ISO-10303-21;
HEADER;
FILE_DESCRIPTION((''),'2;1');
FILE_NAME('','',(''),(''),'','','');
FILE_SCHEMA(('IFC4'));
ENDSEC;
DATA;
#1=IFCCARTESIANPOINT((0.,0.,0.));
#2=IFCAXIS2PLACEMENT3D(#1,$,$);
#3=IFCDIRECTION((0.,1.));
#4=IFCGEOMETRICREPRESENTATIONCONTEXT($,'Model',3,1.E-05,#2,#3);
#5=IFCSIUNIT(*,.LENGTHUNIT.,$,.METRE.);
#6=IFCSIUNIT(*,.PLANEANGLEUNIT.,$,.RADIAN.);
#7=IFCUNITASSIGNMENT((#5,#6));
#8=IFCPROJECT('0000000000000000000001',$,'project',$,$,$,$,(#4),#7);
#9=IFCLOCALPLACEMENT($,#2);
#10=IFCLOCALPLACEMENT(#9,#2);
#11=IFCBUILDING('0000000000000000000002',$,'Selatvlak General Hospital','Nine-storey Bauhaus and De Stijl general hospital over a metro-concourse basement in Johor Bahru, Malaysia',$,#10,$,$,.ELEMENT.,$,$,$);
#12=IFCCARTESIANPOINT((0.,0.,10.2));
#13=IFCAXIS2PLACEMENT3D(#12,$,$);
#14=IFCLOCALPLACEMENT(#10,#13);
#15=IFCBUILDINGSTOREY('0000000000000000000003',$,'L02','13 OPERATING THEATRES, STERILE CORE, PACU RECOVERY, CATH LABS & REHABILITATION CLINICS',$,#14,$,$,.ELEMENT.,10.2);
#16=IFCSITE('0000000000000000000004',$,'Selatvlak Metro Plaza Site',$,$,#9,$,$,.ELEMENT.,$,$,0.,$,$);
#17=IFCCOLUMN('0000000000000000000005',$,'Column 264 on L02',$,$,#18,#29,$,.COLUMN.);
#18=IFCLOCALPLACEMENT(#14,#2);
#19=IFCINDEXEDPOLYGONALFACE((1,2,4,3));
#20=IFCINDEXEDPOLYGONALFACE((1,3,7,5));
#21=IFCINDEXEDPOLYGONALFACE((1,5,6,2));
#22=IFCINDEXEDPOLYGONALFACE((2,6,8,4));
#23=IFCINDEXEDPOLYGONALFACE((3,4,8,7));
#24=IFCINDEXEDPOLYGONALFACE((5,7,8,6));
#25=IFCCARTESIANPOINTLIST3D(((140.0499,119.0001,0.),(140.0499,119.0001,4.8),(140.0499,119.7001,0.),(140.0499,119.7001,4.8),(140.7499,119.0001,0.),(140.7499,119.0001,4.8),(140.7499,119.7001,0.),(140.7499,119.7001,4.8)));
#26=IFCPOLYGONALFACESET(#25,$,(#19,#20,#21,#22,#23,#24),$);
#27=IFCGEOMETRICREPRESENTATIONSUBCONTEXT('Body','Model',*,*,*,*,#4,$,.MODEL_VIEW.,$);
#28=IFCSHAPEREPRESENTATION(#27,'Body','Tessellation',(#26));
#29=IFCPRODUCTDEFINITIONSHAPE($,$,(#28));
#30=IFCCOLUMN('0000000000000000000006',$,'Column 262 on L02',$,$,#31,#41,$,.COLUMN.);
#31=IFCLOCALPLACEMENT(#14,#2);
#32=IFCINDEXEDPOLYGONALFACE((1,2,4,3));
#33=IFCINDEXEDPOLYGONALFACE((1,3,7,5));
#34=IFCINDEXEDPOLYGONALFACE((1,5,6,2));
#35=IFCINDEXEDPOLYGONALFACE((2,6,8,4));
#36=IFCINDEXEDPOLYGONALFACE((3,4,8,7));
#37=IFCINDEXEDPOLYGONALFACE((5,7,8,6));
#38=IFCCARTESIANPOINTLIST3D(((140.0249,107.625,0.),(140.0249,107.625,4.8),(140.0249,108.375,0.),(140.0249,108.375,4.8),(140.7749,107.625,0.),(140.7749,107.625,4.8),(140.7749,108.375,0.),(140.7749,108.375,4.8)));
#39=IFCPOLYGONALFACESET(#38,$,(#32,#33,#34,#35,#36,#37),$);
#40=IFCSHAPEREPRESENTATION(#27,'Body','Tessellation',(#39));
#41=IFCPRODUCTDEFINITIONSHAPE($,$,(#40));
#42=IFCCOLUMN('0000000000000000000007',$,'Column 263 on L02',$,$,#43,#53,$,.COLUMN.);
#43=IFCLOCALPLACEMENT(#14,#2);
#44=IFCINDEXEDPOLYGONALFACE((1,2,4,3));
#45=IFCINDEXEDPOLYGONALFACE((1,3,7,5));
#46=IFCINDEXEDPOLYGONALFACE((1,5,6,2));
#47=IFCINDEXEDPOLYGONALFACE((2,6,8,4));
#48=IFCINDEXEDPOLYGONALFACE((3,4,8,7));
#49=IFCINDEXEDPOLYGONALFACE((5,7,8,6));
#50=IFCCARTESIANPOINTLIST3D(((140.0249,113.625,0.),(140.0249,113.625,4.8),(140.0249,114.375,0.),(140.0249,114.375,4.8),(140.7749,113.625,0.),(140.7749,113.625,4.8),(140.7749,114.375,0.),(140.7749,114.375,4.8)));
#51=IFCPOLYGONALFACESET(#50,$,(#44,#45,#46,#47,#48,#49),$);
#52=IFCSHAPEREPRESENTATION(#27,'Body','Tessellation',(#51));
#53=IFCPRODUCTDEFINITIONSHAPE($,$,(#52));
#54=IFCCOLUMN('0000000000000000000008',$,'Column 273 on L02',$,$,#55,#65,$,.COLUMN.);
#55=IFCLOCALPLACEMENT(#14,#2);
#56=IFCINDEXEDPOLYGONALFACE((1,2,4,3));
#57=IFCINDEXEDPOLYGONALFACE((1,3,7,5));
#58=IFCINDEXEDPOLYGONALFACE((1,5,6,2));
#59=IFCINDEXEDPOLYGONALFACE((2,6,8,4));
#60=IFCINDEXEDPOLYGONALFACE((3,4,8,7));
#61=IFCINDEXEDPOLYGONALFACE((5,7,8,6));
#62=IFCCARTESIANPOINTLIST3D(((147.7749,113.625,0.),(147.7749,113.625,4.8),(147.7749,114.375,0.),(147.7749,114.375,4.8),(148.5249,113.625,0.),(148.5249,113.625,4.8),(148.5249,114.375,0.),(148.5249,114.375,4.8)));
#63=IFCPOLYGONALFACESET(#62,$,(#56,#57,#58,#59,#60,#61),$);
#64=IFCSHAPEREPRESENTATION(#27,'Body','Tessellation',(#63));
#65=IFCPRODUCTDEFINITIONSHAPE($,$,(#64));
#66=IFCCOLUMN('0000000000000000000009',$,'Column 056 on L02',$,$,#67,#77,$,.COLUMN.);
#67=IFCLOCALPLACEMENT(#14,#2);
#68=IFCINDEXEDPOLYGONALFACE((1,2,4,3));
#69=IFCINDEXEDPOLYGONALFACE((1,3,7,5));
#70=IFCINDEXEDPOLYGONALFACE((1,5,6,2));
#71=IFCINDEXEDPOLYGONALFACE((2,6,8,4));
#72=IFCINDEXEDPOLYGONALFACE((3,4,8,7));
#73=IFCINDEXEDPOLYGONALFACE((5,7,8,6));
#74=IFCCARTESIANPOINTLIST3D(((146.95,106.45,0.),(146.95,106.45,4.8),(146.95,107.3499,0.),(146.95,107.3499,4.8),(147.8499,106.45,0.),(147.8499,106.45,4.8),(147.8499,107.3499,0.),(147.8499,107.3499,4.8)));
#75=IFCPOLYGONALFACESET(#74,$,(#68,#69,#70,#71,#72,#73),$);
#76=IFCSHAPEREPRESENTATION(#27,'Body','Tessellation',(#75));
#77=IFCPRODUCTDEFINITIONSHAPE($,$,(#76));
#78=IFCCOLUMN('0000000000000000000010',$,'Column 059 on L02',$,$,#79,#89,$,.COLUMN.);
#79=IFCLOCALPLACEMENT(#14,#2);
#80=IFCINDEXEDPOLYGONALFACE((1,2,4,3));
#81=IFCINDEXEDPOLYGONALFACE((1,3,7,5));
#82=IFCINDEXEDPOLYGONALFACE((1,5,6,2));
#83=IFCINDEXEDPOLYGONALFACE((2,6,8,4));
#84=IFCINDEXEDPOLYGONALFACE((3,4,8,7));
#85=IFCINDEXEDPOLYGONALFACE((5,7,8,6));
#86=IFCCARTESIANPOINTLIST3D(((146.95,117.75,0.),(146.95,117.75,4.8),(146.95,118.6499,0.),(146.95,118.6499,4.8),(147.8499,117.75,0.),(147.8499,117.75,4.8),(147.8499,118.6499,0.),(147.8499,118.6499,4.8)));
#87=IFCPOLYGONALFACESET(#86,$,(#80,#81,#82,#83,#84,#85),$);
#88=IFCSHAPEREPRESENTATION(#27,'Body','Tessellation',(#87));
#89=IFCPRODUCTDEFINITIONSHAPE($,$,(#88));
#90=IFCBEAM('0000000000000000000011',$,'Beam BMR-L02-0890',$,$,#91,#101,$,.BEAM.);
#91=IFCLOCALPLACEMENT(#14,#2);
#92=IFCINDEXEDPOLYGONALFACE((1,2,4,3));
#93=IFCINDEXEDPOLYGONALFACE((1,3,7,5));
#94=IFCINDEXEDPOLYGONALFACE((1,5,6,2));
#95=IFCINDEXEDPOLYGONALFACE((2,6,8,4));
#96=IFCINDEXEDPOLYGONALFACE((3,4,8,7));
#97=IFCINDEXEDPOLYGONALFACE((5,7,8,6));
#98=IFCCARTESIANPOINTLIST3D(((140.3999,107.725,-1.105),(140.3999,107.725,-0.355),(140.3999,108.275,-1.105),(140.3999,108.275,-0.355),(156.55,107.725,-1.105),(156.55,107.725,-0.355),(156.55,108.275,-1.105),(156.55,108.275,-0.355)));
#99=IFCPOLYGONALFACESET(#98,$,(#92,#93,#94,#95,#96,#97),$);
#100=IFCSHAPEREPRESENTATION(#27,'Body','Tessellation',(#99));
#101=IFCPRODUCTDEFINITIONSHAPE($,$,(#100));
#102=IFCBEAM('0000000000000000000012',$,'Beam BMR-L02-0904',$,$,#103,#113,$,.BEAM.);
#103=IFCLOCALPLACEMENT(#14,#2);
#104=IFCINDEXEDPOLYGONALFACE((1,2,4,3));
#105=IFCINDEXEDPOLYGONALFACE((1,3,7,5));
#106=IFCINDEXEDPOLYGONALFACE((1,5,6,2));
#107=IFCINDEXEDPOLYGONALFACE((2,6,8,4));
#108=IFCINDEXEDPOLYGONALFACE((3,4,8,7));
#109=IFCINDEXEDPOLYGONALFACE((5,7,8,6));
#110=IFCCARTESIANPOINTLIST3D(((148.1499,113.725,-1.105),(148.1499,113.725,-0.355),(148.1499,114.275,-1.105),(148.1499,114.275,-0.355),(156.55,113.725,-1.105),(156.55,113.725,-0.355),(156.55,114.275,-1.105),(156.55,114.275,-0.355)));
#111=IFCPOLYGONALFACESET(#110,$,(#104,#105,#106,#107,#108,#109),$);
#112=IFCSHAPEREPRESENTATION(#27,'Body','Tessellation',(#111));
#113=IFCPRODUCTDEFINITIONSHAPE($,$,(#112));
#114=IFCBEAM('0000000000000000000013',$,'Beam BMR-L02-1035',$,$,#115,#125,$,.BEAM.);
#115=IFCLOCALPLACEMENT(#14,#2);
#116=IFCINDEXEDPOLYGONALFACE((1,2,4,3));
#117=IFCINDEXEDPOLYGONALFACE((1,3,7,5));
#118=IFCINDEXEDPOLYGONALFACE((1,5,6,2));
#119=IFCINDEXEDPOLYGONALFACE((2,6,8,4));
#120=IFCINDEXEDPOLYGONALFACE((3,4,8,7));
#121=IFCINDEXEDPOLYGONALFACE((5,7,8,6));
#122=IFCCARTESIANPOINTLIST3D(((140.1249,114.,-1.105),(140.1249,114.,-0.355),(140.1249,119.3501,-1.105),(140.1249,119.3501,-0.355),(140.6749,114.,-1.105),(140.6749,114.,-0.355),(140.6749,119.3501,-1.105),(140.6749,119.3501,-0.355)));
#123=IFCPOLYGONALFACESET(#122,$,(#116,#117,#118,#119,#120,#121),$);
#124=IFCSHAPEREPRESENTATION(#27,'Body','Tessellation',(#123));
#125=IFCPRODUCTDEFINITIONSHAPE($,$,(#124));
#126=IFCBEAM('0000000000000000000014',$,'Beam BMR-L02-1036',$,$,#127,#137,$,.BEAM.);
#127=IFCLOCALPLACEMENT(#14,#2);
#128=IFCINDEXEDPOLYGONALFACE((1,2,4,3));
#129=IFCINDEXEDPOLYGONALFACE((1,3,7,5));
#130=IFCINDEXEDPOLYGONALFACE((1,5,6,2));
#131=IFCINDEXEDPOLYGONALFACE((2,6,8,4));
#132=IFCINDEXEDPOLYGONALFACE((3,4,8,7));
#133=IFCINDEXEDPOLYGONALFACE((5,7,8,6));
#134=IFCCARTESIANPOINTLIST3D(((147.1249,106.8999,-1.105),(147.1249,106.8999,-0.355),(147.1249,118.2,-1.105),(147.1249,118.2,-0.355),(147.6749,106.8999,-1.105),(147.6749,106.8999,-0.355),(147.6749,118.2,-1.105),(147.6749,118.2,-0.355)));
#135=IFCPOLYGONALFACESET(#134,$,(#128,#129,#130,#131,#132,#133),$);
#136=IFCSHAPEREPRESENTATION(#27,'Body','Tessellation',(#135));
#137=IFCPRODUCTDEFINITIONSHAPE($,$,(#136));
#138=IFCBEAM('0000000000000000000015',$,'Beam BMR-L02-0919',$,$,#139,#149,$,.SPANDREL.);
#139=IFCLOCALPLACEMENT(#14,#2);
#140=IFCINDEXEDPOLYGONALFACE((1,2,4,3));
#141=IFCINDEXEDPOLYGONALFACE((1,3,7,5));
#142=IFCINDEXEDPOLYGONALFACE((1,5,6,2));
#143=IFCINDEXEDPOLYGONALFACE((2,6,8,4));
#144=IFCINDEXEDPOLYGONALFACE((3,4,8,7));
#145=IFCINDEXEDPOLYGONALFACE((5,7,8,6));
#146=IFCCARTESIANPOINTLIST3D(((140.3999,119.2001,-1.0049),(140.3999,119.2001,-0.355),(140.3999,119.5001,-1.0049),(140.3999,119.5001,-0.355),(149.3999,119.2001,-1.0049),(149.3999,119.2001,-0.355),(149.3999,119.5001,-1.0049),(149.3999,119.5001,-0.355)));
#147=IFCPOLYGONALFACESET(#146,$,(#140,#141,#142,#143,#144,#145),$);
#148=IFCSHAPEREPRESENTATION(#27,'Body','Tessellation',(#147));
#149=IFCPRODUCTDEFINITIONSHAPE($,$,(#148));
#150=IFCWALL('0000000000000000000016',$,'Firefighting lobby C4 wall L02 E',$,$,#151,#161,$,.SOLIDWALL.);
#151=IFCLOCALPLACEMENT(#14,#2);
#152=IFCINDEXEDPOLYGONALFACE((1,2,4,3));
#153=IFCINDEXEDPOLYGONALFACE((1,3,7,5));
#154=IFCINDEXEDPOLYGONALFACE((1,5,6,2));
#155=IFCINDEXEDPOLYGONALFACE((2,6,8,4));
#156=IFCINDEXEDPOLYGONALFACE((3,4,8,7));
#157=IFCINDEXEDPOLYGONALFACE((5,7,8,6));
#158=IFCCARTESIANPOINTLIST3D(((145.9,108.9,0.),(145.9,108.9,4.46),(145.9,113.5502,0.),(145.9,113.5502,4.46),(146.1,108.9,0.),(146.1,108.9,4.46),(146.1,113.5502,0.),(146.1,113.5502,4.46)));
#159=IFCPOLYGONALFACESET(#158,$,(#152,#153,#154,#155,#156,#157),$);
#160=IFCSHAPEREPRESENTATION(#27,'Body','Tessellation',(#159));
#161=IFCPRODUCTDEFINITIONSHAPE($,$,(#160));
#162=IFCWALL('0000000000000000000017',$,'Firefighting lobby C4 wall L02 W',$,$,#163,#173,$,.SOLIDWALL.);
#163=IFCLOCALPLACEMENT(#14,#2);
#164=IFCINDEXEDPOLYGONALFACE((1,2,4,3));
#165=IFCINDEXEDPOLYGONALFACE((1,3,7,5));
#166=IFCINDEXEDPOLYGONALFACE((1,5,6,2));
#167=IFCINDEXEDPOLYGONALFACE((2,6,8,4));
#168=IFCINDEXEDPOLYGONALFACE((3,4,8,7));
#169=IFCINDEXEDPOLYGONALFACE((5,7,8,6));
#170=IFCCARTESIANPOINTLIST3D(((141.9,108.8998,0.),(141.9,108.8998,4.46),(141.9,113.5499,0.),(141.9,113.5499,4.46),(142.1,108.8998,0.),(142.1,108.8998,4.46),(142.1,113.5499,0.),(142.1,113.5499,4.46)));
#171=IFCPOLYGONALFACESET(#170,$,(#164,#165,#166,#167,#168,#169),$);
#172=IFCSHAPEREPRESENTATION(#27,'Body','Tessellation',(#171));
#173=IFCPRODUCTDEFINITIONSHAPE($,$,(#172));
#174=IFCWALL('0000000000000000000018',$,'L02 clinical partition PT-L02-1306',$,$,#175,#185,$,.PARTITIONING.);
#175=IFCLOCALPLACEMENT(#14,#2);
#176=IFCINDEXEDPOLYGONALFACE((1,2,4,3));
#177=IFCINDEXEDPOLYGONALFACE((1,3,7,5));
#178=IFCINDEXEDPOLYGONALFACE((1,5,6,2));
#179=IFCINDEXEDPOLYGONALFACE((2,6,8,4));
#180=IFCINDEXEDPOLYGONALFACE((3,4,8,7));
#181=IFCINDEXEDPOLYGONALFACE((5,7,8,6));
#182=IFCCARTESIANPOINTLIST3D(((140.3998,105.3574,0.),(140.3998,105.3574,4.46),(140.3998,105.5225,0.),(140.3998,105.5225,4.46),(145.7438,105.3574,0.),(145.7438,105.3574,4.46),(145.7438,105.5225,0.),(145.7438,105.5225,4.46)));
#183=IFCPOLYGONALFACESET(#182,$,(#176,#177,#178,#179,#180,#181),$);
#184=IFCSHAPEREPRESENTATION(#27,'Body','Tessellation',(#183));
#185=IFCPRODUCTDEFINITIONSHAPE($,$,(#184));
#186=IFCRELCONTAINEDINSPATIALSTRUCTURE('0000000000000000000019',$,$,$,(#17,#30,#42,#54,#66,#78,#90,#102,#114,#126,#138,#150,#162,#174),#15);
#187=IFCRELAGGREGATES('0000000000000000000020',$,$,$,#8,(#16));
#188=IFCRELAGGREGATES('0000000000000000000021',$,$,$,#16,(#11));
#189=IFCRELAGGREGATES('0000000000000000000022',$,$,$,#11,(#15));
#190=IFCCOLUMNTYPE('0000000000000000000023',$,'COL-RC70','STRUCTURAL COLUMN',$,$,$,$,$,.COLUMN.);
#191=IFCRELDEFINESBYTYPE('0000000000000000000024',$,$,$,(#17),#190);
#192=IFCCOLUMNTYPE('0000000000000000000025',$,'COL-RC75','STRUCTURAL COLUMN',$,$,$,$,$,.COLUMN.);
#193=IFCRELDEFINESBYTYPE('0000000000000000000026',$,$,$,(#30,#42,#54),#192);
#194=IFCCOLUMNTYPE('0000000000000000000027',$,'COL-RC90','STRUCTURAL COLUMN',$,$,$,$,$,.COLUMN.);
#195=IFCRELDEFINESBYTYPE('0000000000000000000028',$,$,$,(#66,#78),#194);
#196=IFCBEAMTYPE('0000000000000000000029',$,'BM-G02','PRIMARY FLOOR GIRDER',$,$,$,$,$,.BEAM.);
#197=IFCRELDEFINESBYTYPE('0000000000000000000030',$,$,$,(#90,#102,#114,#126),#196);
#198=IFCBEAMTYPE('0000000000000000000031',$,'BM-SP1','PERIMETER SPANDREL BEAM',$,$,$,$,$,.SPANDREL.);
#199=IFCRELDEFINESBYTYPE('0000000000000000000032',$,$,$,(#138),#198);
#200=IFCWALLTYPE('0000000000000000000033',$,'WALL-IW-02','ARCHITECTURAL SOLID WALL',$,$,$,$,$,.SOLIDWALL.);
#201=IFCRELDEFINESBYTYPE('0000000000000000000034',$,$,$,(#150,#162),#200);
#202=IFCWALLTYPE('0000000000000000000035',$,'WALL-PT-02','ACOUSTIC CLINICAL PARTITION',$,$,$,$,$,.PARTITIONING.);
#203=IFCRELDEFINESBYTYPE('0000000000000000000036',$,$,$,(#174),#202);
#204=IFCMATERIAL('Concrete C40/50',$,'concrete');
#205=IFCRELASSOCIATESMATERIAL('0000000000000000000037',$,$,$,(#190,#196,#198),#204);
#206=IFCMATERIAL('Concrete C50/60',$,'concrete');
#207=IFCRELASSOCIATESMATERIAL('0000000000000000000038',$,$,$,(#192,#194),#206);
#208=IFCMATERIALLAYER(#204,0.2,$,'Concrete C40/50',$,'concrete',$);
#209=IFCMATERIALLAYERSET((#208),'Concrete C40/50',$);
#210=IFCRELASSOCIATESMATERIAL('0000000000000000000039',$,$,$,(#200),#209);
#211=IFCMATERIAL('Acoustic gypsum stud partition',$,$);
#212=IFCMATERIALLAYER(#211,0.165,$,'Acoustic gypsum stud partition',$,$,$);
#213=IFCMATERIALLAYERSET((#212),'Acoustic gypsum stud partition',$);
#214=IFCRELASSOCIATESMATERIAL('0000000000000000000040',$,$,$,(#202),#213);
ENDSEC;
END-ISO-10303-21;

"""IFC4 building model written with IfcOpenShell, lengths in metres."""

from ifc_helpers import new_model, si_unit, direction, frame, frame_2d, origin, origin_2d, place, context, subcontext, project, spatial, rectangle, extrude, material, layer, layer_set, material_profile, profile_set, type_object, element, save


model = new_model("IFC4")

# Units and contexts
model_context = context("Model", 3, precision=1e-05, world=origin(), true_north=direction((0.0, 1.0)))
body_context = subcontext(model_context, "Body", "Model", "MODEL_VIEW")
ifc_project = project(units=[si_unit("LENGTHUNIT", "METRE"), si_unit("PLANEANGLEUNIT", "RADIAN")], contexts=[model_context])

# Site, building, storey
site_placement = place(None, origin())
site = spatial("IfcSite", under=ifc_project, at=site_placement, Name="Selatvlak Metro Plaza Site", CompositionType="ELEMENT", RefElevation=0.0)
building_placement = place(site_placement, origin())
building = spatial("IfcBuilding", under=site, at=building_placement, Name="Selatvlak General Hospital", Description="Nine-storey Bauhaus and De Stijl general hospital over a metro-concourse basement in Johor Bahru, Malaysia", CompositionType="ELEMENT")
storey_placement = place(building_placement, frame((0.0, 0.0, 10.2)))
storey = spatial("IfcBuildingStorey", under=building, at=storey_placement, Name="L02", Description="13 OPERATING THEATRES, STERILE CORE, PACU RECOVERY, CATH LABS & REHABILITATION CLINICS", CompositionType="ELEMENT", Elevation=10.2)

# Columns
ifc_material_1 = material(Name="Concrete C40/50", Category="concrete")
ifc_material_profile_1 = material_profile(ifc_material_1, rectangle(XDim=0.7, YDim=0.7, at=origin_2d()), Name="RC-COL 700x700")
ifc_profile_set_1 = profile_set([ifc_material_profile_1], Name="Concrete C40/50")
column_type_1 = type_object("IfcColumnType", Name="COL-RC70", Description="STRUCTURAL COLUMN", PredefinedType="COLUMN", material=ifc_profile_set_1)
column_placement = place(storey_placement, frame((140.3999, 119.3501, 0.0), z_axis=(0.0, 0.0, 1.0), x_axis=(1.0, 0.0, 0.0)))
element("IfcColumn", 1, at=column_placement, inside=storey, type_object=column_type_1, Name="Column 264 on L02", PredefinedType="COLUMN", context=body_context, shape_type="SweptSolid", body=[
    extrude(rectangle(XDim=0.7, YDim=0.7, at=origin_2d()), origin(), (0.0, 0.0, 1.0), 4.8),
])
ifc_material_2 = material(Name="Concrete C50/60", Category="concrete")
ifc_material_profile_2 = material_profile(ifc_material_2, rectangle(XDim=0.75, YDim=0.75, at=origin_2d()), Name="RC-COL 750x750")
ifc_profile_set_2 = profile_set([ifc_material_profile_2], Name="Concrete C50/60")
column_type_2 = type_object("IfcColumnType", Name="COL-RC75", Description="STRUCTURAL COLUMN", PredefinedType="COLUMN", material=ifc_profile_set_2)
for number, where, z_axis, x_axis, name in (
    (2, (140.3999, 108.0, 0.0), (0.0, 0.0, 1.0), (1.0, 0.0, 0.0), "Column 262 on L02"),
    (3, (140.3999, 114.0, 0.0), (0.0, 0.0, 1.0), (1.0, 0.0, 0.0), "Column 263 on L02"),
    (4, (148.1499, 114.0, 0.0), (0.0, 0.0, 1.0), (1.0, 0.0, 0.0), "Column 273 on L02"),
):
    element("IfcColumn", number, at=place(storey_placement, frame(where, z_axis=z_axis, x_axis=x_axis)), inside=storey, type_object=column_type_2, Name=name, PredefinedType="COLUMN", context=body_context, shape_type="SweptSolid", body=[
        extrude(rectangle(XDim=0.75, YDim=0.75, at=origin_2d()), origin(), (0.0, 0.0, 1.0), 4.8),
    ])
ifc_material_profile_3 = material_profile(ifc_material_2, rectangle(XDim=0.8999, YDim=0.8999, at=origin_2d()), Name="RC-COL 900x900")
ifc_profile_set_3 = profile_set([ifc_material_profile_3], Name="Concrete C50/60")
column_type_3 = type_object("IfcColumnType", Name="COL-RC90", Description="STRUCTURAL COLUMN", PredefinedType="COLUMN", material=ifc_profile_set_3)
for number, where, z_axis, x_axis, name in (
    (5, (147.3999, 106.8999, 0.0), (0.0, 0.0, 1.0), (1.0, 0.0, 0.0), "Column 056 on L02"),
    (6, (147.3999, 118.2, 0.0), (0.0, 0.0, 1.0), (1.0, 0.0, 0.0), "Column 059 on L02"),
):
    element("IfcColumn", number, at=place(storey_placement, frame(where, z_axis=z_axis, x_axis=x_axis)), inside=storey, type_object=column_type_3, Name=name, PredefinedType="COLUMN", context=body_context, shape_type="SweptSolid", body=[
        extrude(rectangle(XDim=0.8999, YDim=0.8999, at=origin_2d()), origin(), (0.0, 0.0, 1.0), 4.8),
    ])

# Beams
ifc_material_profile_4 = material_profile(ifc_material_1, rectangle(XDim=0.55, YDim=0.75, at=origin_2d()), Name="RC-BM 550x750")
ifc_profile_set_4 = profile_set([ifc_material_profile_4], Name="Concrete C40/50")
beam_type_1 = type_object("IfcBeamType", Name="BM-G02", Description="PRIMARY FLOOR GIRDER", PredefinedType="BEAM", material=ifc_profile_set_4)
beam_1_placement = place(storey_placement, frame((140.3999, 108.0, -0.73), z_axis=(1.0, 0.0, 0.0), x_axis=(0.0, 1.0, 0.0)))
element("IfcBeam", 7, at=beam_1_placement, inside=storey, type_object=beam_type_1, Name="Beam BMR-L02-0890", PredefinedType="BEAM", context=body_context, shape_type="SweptSolid", body=[
    extrude(rectangle(XDim=0.55, YDim=0.75, at=origin_2d()), origin(), (0.0, 0.0, 1.0), 16.1501),
])
beam_2_placement = place(storey_placement, frame((148.1499, 114.0, -0.73), z_axis=(1.0, 0.0, 0.0), x_axis=(0.0, 1.0, 0.0)))
element("IfcBeam", 8, at=beam_2_placement, inside=storey, type_object=beam_type_1, Name="Beam BMR-L02-0904", PredefinedType="BEAM", context=body_context, shape_type="SweptSolid", body=[
    extrude(rectangle(XDim=0.55, YDim=0.75, at=origin_2d()), origin(), (0.0, 0.0, 1.0), 8.4001),
])
beam_3_placement = place(storey_placement, frame((140.3999, 114.0, -0.73), z_axis=(0.0, 1.0, 0.0), x_axis=(-1.0, 0.0, 0.0)))
element("IfcBeam", 9, at=beam_3_placement, inside=storey, type_object=beam_type_1, Name="Beam BMR-L02-1035", PredefinedType="BEAM", context=body_context, shape_type="SweptSolid", body=[
    extrude(rectangle(XDim=0.55, YDim=0.75, at=origin_2d()), origin(), (0.0, 0.0, 1.0), 5.3501),
])
beam_4_placement = place(storey_placement, frame((147.3999, 106.8999, -0.73), z_axis=(0.0, 1.0, 0.0), x_axis=(-1.0, 0.0, 0.0)))
element("IfcBeam", 10, at=beam_4_placement, inside=storey, type_object=beam_type_1, Name="Beam BMR-L02-1036", PredefinedType="BEAM", context=body_context, shape_type="SweptSolid", body=[
    extrude(rectangle(XDim=0.55, YDim=0.75, at=origin_2d()), origin(), (0.0, 0.0, 1.0), 11.3),
])
ifc_material_profile_5 = material_profile(ifc_material_1, rectangle(XDim=0.3, YDim=0.6499, at=origin_2d()), Name="RC-SP 300x650")
ifc_profile_set_5 = profile_set([ifc_material_profile_5], Name="Concrete C40/50")
beam_type_2 = type_object("IfcBeamType", Name="BM-SP1", Description="PERIMETER SPANDREL BEAM", PredefinedType="SPANDREL", material=ifc_profile_set_5)
beam_5_placement = place(storey_placement, frame((140.3999, 119.3501, -0.6799), z_axis=(1.0, 0.0, 0.0), x_axis=(0.0, 1.0, 0.0)))
element("IfcBeam", 11, at=beam_5_placement, inside=storey, type_object=beam_type_2, Name="Beam BMR-L02-0919", PredefinedType="SPANDREL", context=body_context, shape_type="SweptSolid", body=[
    extrude(rectangle(XDim=0.3, YDim=0.6499, at=origin_2d()), origin(), (0.0, 0.0, 1.0), 9.0),
])

# Shared definitions
ifc_layer_1 = layer(ifc_material_1, 0.2, Name="Concrete C40/50", Category="concrete")
ifc_layer_set_1 = layer_set([ifc_layer_1], Name="Concrete C40/50")
wall_type_1 = type_object("IfcWallType", Name="WALL-IW-02", Description="ARCHITECTURAL SOLID WALL", PredefinedType="SOLIDWALL", material=ifc_layer_set_1)

# Walls
for number, where, z_axis, x_axis, name in (
    (12, (146.0, 108.8999, 0.0), (0.0, 0.0, 1.0), (0.0, 1.0, 0.0), "Firefighting lobby C4 wall L02 E"),
    (13, (142.0, 113.55, 0.0), (0.0, 0.0, 1.0), (0.0, -1.0, 0.0), "Firefighting lobby C4 wall L02 W"),
):
    element("IfcWall", number, at=place(storey_placement, frame(where, z_axis=z_axis, x_axis=x_axis)), inside=storey, type_object=wall_type_1, Name=name, PredefinedType="SOLIDWALL", context=body_context, shape_type="SweptSolid", body=[
        extrude(rectangle(XDim=4.6501, YDim=0.2, at=frame_2d((2.3252, 0.0))), origin(), (0.0, 0.0, 1.0), 4.46),
    ])
ifc_material_3 = material(Name="Acoustic gypsum stud partition")
ifc_layer_2 = layer(ifc_material_3, 0.165, Name="Acoustic gypsum stud partition")
ifc_layer_set_2 = layer_set([ifc_layer_2], Name="Acoustic gypsum stud partition")
wall_type_2 = type_object("IfcWallType", Name="WALL-PT-02", Description="ACOUSTIC CLINICAL PARTITION", PredefinedType="PARTITIONING", material=ifc_layer_set_2)
wall_1_placement = place(storey_placement, frame((140.3999, 105.4399, 0.0), z_axis=(0.0, 0.0, 1.0), x_axis=(1.0, 0.0, 0.0)))
element("IfcWall", 14, at=wall_1_placement, inside=storey, type_object=wall_type_2, Name="L02 clinical partition PT-L02-1306", PredefinedType="PARTITIONING", context=body_context, shape_type="SweptSolid", body=[
    extrude(rectangle(XDim=5.344, YDim=0.165, at=frame_2d((2.6719, 0.0))), origin(), (0.0, 0.0, 1.0), 4.46),
])

save(model, "model.ifc")
